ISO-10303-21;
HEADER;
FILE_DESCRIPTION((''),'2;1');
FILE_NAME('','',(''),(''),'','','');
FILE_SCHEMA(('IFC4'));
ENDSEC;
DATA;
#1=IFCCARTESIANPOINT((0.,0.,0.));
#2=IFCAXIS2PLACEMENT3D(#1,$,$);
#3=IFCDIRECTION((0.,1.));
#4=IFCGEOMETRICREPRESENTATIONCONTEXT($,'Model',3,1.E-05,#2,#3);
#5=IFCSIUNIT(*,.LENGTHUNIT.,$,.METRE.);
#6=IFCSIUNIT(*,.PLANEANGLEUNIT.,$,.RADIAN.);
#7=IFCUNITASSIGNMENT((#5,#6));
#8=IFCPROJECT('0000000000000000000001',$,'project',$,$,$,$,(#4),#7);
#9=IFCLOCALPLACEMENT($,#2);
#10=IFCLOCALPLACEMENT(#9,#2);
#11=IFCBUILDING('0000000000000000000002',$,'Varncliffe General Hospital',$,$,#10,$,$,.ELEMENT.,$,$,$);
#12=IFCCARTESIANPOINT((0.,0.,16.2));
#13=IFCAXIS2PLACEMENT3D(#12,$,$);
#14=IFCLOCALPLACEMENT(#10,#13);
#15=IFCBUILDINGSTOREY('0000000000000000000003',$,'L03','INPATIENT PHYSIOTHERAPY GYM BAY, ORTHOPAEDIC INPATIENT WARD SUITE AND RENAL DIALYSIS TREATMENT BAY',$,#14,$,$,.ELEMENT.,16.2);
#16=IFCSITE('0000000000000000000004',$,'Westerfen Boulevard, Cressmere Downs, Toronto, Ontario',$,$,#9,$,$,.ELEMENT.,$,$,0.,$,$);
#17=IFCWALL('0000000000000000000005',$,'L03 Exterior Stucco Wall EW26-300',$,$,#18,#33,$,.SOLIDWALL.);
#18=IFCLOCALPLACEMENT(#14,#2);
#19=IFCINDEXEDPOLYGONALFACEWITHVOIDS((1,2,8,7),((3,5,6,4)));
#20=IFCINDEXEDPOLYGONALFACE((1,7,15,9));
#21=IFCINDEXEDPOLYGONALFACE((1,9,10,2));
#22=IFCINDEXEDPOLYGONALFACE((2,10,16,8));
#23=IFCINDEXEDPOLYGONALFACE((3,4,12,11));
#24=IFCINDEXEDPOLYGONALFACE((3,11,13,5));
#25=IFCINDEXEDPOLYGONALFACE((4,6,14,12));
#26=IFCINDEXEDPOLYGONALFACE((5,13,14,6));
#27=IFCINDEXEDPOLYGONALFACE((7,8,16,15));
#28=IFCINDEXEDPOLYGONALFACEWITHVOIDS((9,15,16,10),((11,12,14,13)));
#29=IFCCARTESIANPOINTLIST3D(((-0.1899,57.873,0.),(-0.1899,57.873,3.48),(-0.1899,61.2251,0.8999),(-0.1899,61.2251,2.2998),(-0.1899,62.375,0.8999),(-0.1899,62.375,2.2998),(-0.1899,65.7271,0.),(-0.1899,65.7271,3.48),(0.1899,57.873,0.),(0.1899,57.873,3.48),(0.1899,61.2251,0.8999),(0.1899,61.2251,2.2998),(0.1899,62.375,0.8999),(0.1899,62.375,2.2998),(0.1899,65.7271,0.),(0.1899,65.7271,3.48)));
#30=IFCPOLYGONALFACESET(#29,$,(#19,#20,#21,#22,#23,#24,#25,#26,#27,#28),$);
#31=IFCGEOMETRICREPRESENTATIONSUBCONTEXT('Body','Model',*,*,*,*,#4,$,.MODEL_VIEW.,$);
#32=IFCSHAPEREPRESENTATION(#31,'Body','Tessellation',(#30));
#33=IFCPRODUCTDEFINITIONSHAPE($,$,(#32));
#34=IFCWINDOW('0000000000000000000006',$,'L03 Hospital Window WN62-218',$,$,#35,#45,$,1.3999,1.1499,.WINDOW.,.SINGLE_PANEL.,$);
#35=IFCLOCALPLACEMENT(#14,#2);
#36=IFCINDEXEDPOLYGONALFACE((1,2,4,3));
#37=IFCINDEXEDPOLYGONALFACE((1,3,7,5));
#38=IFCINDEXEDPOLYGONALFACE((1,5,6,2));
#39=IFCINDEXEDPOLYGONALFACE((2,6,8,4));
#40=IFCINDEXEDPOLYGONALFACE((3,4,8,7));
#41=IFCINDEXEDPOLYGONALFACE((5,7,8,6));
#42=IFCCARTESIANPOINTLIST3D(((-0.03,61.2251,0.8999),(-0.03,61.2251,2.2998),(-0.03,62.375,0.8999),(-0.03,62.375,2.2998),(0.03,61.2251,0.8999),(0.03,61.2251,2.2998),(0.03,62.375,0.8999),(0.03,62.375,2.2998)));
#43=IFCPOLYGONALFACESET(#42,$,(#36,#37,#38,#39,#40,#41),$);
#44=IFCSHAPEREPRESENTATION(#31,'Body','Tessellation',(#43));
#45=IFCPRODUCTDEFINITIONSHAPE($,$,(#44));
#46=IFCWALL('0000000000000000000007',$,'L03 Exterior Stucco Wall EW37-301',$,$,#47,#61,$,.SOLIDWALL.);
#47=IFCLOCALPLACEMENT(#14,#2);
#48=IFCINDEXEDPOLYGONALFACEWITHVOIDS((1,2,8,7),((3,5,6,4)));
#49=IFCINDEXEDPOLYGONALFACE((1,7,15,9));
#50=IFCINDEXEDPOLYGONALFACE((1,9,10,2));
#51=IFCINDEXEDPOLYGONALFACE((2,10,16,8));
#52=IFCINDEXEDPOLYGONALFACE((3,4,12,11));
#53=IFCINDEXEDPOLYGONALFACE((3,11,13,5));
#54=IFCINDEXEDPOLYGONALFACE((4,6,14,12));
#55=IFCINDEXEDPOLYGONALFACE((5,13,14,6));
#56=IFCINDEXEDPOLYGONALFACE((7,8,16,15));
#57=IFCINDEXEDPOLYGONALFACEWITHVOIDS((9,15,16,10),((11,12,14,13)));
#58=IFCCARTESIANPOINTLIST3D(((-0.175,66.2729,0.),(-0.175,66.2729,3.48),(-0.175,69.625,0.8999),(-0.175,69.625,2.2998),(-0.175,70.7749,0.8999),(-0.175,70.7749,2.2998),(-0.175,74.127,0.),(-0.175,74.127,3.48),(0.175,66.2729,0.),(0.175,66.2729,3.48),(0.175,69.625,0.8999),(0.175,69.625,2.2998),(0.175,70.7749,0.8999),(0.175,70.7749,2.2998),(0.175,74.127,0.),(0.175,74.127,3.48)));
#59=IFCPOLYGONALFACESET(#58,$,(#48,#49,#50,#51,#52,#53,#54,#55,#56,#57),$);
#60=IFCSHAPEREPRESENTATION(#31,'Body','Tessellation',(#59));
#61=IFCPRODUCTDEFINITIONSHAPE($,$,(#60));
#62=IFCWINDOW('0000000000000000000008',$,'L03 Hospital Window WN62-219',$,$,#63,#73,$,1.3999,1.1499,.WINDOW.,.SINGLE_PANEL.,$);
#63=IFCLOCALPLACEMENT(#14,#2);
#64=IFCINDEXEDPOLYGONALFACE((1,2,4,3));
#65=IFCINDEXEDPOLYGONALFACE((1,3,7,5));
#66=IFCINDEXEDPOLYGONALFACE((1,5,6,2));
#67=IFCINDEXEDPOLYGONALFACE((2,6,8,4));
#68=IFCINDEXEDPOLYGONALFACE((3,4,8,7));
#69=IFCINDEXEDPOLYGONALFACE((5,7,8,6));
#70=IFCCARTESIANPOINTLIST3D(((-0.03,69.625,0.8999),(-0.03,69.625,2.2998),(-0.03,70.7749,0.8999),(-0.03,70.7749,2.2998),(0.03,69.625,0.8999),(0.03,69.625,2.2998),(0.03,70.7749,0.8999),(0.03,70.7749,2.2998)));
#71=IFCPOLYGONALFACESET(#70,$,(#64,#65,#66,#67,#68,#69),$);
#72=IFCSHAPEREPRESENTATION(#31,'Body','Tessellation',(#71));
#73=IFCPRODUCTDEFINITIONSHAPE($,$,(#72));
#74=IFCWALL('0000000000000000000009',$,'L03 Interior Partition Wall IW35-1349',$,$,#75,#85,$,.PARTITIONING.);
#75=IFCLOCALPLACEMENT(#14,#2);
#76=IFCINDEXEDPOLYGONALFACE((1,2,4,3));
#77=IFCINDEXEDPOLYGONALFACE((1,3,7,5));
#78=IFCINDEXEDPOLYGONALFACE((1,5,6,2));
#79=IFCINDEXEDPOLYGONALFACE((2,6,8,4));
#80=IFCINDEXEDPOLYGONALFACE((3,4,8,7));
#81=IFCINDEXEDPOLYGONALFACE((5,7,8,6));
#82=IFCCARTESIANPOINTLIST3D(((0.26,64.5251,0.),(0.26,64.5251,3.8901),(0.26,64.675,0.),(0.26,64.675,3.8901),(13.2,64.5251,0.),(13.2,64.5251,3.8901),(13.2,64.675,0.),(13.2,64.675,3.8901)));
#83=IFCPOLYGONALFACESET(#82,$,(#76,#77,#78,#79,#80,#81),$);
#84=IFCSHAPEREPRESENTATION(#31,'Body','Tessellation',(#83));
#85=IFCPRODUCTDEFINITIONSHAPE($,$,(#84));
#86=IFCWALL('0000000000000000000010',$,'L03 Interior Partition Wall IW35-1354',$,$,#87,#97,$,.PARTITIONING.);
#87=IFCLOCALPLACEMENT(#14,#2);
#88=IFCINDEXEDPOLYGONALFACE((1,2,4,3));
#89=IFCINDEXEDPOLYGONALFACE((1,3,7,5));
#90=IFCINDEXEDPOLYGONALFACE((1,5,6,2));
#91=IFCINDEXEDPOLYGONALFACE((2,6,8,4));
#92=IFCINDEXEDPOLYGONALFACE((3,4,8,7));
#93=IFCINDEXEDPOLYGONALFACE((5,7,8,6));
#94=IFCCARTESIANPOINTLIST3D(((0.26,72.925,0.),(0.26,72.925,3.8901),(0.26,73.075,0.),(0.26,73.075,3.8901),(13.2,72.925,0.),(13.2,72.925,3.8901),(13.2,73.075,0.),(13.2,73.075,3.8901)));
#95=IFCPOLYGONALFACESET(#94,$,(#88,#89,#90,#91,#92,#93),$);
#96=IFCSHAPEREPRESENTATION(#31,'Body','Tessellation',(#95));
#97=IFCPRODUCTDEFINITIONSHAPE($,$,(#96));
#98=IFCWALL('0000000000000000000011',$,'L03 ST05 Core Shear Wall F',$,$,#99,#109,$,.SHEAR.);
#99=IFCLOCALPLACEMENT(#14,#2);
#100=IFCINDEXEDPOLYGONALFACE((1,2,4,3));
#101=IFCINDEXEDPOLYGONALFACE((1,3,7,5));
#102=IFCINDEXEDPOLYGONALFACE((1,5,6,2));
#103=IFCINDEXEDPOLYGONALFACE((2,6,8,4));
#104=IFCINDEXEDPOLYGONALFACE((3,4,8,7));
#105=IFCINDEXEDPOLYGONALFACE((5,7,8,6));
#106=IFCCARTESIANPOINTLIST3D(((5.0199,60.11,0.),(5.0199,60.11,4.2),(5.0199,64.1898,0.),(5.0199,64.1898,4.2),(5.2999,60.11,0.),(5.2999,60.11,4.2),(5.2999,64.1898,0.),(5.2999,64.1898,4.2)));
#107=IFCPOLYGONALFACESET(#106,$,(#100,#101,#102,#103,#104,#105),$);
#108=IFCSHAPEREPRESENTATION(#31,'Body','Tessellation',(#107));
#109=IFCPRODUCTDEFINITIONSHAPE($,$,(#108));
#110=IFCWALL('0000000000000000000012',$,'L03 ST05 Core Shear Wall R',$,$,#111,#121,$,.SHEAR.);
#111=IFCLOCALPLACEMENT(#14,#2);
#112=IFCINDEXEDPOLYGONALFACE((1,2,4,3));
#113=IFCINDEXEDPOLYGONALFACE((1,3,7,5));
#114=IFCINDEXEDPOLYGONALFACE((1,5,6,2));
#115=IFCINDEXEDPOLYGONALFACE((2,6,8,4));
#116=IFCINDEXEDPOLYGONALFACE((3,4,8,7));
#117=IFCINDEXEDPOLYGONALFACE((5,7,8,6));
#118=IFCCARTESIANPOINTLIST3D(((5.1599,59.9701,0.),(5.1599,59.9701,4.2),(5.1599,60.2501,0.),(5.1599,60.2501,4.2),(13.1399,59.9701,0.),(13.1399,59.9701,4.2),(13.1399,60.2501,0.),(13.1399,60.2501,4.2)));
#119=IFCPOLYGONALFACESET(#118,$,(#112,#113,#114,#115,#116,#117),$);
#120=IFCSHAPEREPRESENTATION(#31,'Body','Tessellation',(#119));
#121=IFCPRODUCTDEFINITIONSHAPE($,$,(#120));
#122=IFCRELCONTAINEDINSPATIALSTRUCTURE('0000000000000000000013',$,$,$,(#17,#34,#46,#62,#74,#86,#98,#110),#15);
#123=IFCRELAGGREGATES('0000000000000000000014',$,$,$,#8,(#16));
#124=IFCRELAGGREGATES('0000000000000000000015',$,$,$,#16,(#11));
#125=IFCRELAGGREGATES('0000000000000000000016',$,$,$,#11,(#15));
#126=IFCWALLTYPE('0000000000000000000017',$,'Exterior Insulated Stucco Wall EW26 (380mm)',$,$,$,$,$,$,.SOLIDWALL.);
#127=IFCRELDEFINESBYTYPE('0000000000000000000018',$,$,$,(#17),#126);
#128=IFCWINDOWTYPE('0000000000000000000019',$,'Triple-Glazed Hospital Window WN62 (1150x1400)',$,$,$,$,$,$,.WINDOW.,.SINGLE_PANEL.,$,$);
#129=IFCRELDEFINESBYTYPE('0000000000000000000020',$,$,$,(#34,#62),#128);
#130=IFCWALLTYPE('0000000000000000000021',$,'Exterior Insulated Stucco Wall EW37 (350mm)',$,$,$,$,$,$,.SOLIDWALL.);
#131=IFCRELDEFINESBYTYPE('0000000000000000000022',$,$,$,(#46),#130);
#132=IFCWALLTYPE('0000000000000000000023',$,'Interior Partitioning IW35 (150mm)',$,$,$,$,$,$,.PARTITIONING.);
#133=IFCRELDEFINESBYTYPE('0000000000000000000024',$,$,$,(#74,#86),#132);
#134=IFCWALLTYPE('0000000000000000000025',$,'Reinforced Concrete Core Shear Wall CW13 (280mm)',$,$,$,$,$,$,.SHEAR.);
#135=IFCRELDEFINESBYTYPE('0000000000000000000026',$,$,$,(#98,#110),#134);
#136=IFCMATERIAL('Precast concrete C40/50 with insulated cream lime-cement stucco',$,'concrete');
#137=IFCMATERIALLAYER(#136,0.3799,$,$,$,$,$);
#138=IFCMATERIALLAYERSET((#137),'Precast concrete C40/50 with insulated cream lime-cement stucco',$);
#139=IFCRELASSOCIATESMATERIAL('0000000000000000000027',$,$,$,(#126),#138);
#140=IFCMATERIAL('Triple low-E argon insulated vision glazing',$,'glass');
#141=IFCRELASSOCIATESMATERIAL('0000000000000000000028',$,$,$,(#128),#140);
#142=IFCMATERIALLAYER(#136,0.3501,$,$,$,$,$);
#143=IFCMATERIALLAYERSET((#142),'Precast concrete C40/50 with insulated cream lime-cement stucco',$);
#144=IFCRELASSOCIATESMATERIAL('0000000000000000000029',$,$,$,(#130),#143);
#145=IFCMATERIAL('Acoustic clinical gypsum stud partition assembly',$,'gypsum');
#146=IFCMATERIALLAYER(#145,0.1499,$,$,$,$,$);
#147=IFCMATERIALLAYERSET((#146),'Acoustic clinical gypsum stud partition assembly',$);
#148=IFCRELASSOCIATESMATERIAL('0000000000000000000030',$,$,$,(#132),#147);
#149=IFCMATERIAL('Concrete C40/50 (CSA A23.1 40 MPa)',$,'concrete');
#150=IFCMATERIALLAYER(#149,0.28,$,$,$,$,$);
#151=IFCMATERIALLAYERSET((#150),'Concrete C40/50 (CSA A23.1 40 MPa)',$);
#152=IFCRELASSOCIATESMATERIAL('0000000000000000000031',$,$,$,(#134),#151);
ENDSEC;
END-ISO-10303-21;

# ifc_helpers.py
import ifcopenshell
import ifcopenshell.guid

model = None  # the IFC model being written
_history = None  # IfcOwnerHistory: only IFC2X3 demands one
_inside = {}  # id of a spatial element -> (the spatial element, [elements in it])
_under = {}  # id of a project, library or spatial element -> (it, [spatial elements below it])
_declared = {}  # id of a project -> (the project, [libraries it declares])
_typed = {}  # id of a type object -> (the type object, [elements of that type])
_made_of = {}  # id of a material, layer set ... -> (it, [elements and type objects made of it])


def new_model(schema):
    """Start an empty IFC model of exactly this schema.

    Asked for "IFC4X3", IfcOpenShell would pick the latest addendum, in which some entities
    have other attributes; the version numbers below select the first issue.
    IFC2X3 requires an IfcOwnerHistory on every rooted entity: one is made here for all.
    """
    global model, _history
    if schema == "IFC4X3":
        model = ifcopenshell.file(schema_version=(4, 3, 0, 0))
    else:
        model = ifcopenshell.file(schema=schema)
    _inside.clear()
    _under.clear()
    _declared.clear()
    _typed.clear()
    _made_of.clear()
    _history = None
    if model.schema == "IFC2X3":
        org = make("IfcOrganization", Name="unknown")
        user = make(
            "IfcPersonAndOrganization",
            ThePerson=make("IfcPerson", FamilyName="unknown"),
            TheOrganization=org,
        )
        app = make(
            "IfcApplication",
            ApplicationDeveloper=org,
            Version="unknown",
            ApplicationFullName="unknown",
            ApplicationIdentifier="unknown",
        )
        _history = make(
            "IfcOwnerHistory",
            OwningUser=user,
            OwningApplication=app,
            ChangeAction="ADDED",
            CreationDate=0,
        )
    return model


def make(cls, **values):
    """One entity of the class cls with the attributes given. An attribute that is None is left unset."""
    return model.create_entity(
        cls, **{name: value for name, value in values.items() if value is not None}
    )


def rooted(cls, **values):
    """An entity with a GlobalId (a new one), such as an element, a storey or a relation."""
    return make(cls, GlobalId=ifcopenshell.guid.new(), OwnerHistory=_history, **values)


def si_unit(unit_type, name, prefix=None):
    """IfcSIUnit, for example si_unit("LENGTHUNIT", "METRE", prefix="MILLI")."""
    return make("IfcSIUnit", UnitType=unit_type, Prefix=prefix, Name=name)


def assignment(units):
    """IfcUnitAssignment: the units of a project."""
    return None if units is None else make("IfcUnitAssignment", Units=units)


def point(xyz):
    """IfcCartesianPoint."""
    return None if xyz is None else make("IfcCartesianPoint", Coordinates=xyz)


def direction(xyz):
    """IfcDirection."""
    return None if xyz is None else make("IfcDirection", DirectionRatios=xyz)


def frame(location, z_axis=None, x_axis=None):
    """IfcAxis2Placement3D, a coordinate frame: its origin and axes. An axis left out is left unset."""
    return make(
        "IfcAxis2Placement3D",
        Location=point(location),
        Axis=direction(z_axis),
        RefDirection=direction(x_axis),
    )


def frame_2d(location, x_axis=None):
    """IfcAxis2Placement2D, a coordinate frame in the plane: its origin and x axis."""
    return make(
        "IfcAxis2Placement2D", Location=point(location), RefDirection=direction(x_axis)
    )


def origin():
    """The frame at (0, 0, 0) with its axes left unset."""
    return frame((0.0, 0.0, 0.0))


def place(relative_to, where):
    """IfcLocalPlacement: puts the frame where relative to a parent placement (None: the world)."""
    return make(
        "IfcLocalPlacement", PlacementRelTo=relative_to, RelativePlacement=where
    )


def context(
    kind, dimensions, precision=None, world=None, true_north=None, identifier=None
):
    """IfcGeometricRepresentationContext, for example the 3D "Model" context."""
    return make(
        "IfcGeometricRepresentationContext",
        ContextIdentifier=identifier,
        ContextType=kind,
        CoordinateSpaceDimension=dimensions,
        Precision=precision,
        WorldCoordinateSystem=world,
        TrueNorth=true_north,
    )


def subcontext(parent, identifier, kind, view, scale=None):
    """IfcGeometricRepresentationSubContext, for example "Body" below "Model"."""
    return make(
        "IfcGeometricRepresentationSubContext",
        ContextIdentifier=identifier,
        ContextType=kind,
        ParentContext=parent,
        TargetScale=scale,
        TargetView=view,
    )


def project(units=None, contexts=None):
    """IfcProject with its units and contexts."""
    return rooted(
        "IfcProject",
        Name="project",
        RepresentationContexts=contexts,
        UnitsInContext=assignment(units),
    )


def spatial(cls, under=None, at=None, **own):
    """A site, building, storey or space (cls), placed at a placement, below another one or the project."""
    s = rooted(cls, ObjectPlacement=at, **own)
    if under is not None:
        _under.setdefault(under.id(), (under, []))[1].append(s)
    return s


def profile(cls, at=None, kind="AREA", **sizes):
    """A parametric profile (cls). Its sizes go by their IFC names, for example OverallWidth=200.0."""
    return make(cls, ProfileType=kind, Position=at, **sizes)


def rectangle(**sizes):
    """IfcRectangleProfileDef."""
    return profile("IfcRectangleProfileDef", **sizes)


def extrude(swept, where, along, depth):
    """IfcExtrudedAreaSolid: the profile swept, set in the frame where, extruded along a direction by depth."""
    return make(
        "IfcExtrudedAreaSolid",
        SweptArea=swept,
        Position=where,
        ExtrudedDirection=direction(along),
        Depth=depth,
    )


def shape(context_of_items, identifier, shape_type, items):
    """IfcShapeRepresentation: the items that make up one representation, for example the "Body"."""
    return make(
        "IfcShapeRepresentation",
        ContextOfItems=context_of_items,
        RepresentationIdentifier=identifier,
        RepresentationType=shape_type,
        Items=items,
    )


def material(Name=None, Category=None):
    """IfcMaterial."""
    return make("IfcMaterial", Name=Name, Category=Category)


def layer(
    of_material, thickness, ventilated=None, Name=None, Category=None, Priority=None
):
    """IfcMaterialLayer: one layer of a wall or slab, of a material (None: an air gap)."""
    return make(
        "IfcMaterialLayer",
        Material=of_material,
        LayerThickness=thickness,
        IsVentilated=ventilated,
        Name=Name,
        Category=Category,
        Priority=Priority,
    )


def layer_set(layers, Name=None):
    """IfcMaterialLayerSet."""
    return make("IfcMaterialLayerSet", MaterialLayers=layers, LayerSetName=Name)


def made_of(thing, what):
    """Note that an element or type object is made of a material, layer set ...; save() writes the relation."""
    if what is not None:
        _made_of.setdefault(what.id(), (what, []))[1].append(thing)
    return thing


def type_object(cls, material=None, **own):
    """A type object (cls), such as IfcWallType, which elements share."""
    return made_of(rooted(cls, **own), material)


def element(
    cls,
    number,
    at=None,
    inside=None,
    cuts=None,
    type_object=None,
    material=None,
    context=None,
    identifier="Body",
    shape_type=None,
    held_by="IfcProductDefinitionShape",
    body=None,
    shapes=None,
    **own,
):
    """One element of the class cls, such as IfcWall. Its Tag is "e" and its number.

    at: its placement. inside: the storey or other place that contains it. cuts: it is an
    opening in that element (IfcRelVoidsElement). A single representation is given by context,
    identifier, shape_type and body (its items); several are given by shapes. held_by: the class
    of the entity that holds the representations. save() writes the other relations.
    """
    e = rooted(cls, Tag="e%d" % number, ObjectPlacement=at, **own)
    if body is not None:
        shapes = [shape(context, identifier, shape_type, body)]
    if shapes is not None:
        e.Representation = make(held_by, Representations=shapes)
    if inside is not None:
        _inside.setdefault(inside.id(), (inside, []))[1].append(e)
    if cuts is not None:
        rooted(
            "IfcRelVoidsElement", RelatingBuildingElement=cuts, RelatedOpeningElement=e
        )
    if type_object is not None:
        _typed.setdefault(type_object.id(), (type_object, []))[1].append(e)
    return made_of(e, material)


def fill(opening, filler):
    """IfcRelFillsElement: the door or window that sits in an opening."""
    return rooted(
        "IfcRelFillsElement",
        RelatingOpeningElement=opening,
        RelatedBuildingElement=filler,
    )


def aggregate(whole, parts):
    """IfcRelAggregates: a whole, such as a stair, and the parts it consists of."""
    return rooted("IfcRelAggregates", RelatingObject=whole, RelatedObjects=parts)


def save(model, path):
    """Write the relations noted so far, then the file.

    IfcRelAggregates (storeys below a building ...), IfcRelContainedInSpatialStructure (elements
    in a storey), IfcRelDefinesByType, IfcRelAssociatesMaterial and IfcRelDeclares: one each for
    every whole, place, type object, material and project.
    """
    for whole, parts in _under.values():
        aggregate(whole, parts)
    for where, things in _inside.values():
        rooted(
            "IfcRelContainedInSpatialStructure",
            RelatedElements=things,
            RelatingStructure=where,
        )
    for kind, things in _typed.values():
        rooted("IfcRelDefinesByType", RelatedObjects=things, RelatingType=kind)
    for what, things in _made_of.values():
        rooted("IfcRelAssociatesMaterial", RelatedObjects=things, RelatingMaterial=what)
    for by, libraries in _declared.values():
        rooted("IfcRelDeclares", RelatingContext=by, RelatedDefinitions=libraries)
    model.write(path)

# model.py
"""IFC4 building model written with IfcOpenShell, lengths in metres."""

from ifc_helpers import new_model, si_unit, direction, frame, frame_2d, origin, place, context, subcontext, project, spatial, rectangle, extrude, material, layer, layer_set, type_object, element, fill, save


model = new_model("IFC4")

# Units and contexts
model_context = context("Model", 3, precision=1e-05, world=origin(), true_north=direction((0.0, 1.0)))
body_context = subcontext(model_context, "Body", "Model", "MODEL_VIEW")
ifc_project = project(units=[si_unit("LENGTHUNIT", "METRE"), si_unit("PLANEANGLEUNIT", "RADIAN")], contexts=[model_context])

# Site, building, storey
site_placement = place(None, origin())
site = spatial("IfcSite", under=ifc_project, at=site_placement, Name="Westerfen Boulevard, Cressmere Downs, Toronto, Ontario", CompositionType="ELEMENT", RefElevation=0.0)
building_placement = place(site_placement, origin())
building = spatial("IfcBuilding", under=site, at=building_placement, Name="Varncliffe General Hospital", CompositionType="ELEMENT")
storey_placement = place(building_placement, frame((0.0, 0.0, 16.2)))
storey = spatial("IfcBuildingStorey", under=building, at=storey_placement, Name="L03", Description="INPATIENT PHYSIOTHERAPY GYM BAY, ORTHOPAEDIC INPATIENT WARD SUITE AND RENAL DIALYSIS TREATMENT BAY", CompositionType="ELEMENT", Elevation=16.2)

# Shared definitions
ifc_material_1 = material(Name="Concrete C40/50 (CSA A23.1 40 MPa)", Category="concrete")

# Walls, openings, windows
ifc_material_2 = material(Name="Precast concrete C40/50 with insulated cream lime-cement stucco", Category="concrete")
ifc_layer_1 = layer(ifc_material_2, 0.3799)
ifc_layer_set_1 = layer_set([ifc_layer_1], Name="Precast concrete C40/50 with insulated cream lime-cement stucco")
wall_type_1 = type_object("IfcWallType", Name="Exterior Insulated Stucco Wall EW26 (380mm)", PredefinedType="SOLIDWALL", material=ifc_layer_set_1)
wall_1_placement = place(storey_placement, frame((0.0, 57.873, 0.0), z_axis=(0.0, 0.0, 1.0), x_axis=(0.0, 1.0, 0.0)))
wall_1 = element("IfcWall", 1, at=wall_1_placement, inside=storey, type_object=wall_type_1, Name="L03 Exterior Stucco Wall EW26-300", PredefinedType="SOLIDWALL", context=body_context, shape_type="SweptSolid", body=[
    extrude(rectangle(XDim=7.854, YDim=0.3799, at=frame_2d((3.927, 0.0))), origin(), (0.0, 0.0, 1.0), 3.48),
])
opening_1_placement = place(wall_1_placement, frame((3.3521, 0.0, 0.8999)))
opening_1 = element("IfcOpeningElement", 2, at=opening_1_placement, cuts=wall_1, PredefinedType="OPENING", context=body_context, shape_type="SweptSolid", body=[
    extrude(rectangle(XDim=1.1499, YDim=1.3999, at=frame_2d((0.575, 0.7))), frame((0.0, 0.2, 0.0), z_axis=(0.0, -1.0, 0.0), x_axis=(1.0, 0.0, 0.0)), (0.0, 0.0, 1.0), 0.3999),
])
ifc_material_3 = material(Name="Triple low-E argon insulated vision glazing", Category="glass")
window_type = type_object("IfcWindowType", Name="Triple-Glazed Hospital Window WN62 (1150x1400)", PartitioningType="SINGLE_PANEL", PredefinedType="WINDOW", material=ifc_material_3)
window_1_placement = place(opening_1_placement, origin())
window_1 = element("IfcWindow", 3, at=window_1_placement, inside=storey, type_object=window_type, Name="L03 Hospital Window WN62-218", OverallHeight=1.3999, OverallWidth=1.1499, PartitioningType="SINGLE_PANEL", PredefinedType="WINDOW", context=body_context, shape_type="SweptSolid", body=[
    extrude(rectangle(XDim=1.1499, YDim=1.3999, at=frame_2d((0.575, 0.7))), frame((0.0, 0.03, 0.0), z_axis=(0.0, -1.0, 0.0), x_axis=(1.0, 0.0, 0.0)), (0.0, 0.0, 1.0), 0.0601),
])
fill(opening_1, window_1)
ifc_layer_2 = layer(ifc_material_2, 0.3501)
ifc_layer_set_2 = layer_set([ifc_layer_2], Name="Precast concrete C40/50 with insulated cream lime-cement stucco")
wall_type_2 = type_object("IfcWallType", Name="Exterior Insulated Stucco Wall EW37 (350mm)", PredefinedType="SOLIDWALL", material=ifc_layer_set_2)
wall_2_placement = place(storey_placement, frame((0.0, 66.2729, 0.0), z_axis=(0.0, 0.0, 1.0), x_axis=(0.0, 1.0, 0.0)))
wall_2 = element("IfcWall", 4, at=wall_2_placement, inside=storey, type_object=wall_type_2, Name="L03 Exterior Stucco Wall EW37-301", PredefinedType="SOLIDWALL", context=body_context, shape_type="SweptSolid", body=[
    extrude(rectangle(XDim=7.854, YDim=0.3501, at=frame_2d((3.927, 0.0))), origin(), (0.0, 0.0, 1.0), 3.48),
])
opening_2_placement = place(wall_2_placement, frame((3.3521, 0.0, 0.8999)))
opening_2 = element("IfcOpeningElement", 5, at=opening_2_placement, cuts=wall_2, PredefinedType="OPENING", context=body_context, shape_type="SweptSolid", body=[
    extrude(rectangle(XDim=1.1499, YDim=1.3999, at=frame_2d((0.575, 0.7))), frame((0.0, 0.1851, 0.0), z_axis=(0.0, -1.0, 0.0), x_axis=(1.0, 0.0, 0.0)), (0.0, 0.0, 1.0), 0.3701),
])
window_2_placement = place(opening_2_placement, origin())
window_2 = element("IfcWindow", 6, at=window_2_placement, inside=storey, type_object=window_type, Name="L03 Hospital Window WN62-219", OverallHeight=1.3999, OverallWidth=1.1499, PartitioningType="SINGLE_PANEL", PredefinedType="WINDOW", context=body_context, shape_type="SweptSolid", body=[
    extrude(rectangle(XDim=1.1499, YDim=1.3999, at=frame_2d((0.575, 0.7))), frame((0.0, 0.03, 0.0), z_axis=(0.0, -1.0, 0.0), x_axis=(1.0, 0.0, 0.0)), (0.0, 0.0, 1.0), 0.0601),
])
fill(opening_2, window_2)

# Walls
ifc_material_4 = material(Name="Acoustic clinical gypsum stud partition assembly", Category="gypsum")
ifc_layer_3 = layer(ifc_material_4, 0.1499)
ifc_layer_set_3 = layer_set([ifc_layer_3], Name="Acoustic clinical gypsum stud partition assembly")
wall_type_3 = type_object("IfcWallType", Name="Interior Partitioning IW35 (150mm)", PredefinedType="PARTITIONING", material=ifc_layer_set_3)
for number, where, z_axis, x_axis, name in (
    (7, (0.26, 64.6001, 0.0), (0.0, 0.0, 1.0), (1.0, 0.0, 0.0), "L03 Interior Partition Wall IW35-1349"),
    (8, (0.26, 73.0, 0.0), (0.0, 0.0, 1.0), (1.0, 0.0, 0.0), "L03 Interior Partition Wall IW35-1354"),
):
    element("IfcWall", number, at=place(storey_placement, frame(where, z_axis=z_axis, x_axis=x_axis)), inside=storey, type_object=wall_type_3, Name=name, PredefinedType="PARTITIONING", context=body_context, shape_type="SweptSolid", body=[
        extrude(rectangle(XDim=12.9399, YDim=0.1499, at=frame_2d((6.47, 0.0))), origin(), (0.0, 0.0, 1.0), 3.8901),
    ])
ifc_layer_4 = layer(ifc_material_1, 0.28)
ifc_layer_set_4 = layer_set([ifc_layer_4], Name="Concrete C40/50 (CSA A23.1 40 MPa)")
wall_type_4 = type_object("IfcWallType", Name="Reinforced Concrete Core Shear Wall CW13 (280mm)", PredefinedType="SHEAR", material=ifc_layer_set_4)
wall_3_placement = place(storey_placement, frame((5.1599, 64.1899, 0.0), z_axis=(0.0, 0.0, 1.0), x_axis=(0.0, -1.0, 0.0)))
element("IfcWall", 9, at=wall_3_placement, inside=storey, type_object=wall_type_4, Name="L03 ST05 Core Shear Wall F", PredefinedType="SHEAR", context=body_context, shape_type="SweptSolid", body=[
    extrude(rectangle(XDim=4.0798, YDim=0.28, at=frame_2d((2.04, 0.0))), origin(), (0.0, 0.0, 1.0), 4.2),
])
wall_4_placement = place(storey_placement, frame((5.1599, 60.1101, 0.0), z_axis=(0.0, 0.0, 1.0), x_axis=(1.0, 0.0, 0.0)))
element("IfcWall", 10, at=wall_4_placement, inside=storey, type_object=wall_type_4, Name="L03 ST05 Core Shear Wall R", PredefinedType="SHEAR", context=body_context, shape_type="SweptSolid", body=[
    extrude(rectangle(XDim=7.98, YDim=0.28, at=frame_2d((3.99, 0.0))), origin(), (0.0, 0.0, 1.0), 4.2),
])

save(model, "model.ifc")
